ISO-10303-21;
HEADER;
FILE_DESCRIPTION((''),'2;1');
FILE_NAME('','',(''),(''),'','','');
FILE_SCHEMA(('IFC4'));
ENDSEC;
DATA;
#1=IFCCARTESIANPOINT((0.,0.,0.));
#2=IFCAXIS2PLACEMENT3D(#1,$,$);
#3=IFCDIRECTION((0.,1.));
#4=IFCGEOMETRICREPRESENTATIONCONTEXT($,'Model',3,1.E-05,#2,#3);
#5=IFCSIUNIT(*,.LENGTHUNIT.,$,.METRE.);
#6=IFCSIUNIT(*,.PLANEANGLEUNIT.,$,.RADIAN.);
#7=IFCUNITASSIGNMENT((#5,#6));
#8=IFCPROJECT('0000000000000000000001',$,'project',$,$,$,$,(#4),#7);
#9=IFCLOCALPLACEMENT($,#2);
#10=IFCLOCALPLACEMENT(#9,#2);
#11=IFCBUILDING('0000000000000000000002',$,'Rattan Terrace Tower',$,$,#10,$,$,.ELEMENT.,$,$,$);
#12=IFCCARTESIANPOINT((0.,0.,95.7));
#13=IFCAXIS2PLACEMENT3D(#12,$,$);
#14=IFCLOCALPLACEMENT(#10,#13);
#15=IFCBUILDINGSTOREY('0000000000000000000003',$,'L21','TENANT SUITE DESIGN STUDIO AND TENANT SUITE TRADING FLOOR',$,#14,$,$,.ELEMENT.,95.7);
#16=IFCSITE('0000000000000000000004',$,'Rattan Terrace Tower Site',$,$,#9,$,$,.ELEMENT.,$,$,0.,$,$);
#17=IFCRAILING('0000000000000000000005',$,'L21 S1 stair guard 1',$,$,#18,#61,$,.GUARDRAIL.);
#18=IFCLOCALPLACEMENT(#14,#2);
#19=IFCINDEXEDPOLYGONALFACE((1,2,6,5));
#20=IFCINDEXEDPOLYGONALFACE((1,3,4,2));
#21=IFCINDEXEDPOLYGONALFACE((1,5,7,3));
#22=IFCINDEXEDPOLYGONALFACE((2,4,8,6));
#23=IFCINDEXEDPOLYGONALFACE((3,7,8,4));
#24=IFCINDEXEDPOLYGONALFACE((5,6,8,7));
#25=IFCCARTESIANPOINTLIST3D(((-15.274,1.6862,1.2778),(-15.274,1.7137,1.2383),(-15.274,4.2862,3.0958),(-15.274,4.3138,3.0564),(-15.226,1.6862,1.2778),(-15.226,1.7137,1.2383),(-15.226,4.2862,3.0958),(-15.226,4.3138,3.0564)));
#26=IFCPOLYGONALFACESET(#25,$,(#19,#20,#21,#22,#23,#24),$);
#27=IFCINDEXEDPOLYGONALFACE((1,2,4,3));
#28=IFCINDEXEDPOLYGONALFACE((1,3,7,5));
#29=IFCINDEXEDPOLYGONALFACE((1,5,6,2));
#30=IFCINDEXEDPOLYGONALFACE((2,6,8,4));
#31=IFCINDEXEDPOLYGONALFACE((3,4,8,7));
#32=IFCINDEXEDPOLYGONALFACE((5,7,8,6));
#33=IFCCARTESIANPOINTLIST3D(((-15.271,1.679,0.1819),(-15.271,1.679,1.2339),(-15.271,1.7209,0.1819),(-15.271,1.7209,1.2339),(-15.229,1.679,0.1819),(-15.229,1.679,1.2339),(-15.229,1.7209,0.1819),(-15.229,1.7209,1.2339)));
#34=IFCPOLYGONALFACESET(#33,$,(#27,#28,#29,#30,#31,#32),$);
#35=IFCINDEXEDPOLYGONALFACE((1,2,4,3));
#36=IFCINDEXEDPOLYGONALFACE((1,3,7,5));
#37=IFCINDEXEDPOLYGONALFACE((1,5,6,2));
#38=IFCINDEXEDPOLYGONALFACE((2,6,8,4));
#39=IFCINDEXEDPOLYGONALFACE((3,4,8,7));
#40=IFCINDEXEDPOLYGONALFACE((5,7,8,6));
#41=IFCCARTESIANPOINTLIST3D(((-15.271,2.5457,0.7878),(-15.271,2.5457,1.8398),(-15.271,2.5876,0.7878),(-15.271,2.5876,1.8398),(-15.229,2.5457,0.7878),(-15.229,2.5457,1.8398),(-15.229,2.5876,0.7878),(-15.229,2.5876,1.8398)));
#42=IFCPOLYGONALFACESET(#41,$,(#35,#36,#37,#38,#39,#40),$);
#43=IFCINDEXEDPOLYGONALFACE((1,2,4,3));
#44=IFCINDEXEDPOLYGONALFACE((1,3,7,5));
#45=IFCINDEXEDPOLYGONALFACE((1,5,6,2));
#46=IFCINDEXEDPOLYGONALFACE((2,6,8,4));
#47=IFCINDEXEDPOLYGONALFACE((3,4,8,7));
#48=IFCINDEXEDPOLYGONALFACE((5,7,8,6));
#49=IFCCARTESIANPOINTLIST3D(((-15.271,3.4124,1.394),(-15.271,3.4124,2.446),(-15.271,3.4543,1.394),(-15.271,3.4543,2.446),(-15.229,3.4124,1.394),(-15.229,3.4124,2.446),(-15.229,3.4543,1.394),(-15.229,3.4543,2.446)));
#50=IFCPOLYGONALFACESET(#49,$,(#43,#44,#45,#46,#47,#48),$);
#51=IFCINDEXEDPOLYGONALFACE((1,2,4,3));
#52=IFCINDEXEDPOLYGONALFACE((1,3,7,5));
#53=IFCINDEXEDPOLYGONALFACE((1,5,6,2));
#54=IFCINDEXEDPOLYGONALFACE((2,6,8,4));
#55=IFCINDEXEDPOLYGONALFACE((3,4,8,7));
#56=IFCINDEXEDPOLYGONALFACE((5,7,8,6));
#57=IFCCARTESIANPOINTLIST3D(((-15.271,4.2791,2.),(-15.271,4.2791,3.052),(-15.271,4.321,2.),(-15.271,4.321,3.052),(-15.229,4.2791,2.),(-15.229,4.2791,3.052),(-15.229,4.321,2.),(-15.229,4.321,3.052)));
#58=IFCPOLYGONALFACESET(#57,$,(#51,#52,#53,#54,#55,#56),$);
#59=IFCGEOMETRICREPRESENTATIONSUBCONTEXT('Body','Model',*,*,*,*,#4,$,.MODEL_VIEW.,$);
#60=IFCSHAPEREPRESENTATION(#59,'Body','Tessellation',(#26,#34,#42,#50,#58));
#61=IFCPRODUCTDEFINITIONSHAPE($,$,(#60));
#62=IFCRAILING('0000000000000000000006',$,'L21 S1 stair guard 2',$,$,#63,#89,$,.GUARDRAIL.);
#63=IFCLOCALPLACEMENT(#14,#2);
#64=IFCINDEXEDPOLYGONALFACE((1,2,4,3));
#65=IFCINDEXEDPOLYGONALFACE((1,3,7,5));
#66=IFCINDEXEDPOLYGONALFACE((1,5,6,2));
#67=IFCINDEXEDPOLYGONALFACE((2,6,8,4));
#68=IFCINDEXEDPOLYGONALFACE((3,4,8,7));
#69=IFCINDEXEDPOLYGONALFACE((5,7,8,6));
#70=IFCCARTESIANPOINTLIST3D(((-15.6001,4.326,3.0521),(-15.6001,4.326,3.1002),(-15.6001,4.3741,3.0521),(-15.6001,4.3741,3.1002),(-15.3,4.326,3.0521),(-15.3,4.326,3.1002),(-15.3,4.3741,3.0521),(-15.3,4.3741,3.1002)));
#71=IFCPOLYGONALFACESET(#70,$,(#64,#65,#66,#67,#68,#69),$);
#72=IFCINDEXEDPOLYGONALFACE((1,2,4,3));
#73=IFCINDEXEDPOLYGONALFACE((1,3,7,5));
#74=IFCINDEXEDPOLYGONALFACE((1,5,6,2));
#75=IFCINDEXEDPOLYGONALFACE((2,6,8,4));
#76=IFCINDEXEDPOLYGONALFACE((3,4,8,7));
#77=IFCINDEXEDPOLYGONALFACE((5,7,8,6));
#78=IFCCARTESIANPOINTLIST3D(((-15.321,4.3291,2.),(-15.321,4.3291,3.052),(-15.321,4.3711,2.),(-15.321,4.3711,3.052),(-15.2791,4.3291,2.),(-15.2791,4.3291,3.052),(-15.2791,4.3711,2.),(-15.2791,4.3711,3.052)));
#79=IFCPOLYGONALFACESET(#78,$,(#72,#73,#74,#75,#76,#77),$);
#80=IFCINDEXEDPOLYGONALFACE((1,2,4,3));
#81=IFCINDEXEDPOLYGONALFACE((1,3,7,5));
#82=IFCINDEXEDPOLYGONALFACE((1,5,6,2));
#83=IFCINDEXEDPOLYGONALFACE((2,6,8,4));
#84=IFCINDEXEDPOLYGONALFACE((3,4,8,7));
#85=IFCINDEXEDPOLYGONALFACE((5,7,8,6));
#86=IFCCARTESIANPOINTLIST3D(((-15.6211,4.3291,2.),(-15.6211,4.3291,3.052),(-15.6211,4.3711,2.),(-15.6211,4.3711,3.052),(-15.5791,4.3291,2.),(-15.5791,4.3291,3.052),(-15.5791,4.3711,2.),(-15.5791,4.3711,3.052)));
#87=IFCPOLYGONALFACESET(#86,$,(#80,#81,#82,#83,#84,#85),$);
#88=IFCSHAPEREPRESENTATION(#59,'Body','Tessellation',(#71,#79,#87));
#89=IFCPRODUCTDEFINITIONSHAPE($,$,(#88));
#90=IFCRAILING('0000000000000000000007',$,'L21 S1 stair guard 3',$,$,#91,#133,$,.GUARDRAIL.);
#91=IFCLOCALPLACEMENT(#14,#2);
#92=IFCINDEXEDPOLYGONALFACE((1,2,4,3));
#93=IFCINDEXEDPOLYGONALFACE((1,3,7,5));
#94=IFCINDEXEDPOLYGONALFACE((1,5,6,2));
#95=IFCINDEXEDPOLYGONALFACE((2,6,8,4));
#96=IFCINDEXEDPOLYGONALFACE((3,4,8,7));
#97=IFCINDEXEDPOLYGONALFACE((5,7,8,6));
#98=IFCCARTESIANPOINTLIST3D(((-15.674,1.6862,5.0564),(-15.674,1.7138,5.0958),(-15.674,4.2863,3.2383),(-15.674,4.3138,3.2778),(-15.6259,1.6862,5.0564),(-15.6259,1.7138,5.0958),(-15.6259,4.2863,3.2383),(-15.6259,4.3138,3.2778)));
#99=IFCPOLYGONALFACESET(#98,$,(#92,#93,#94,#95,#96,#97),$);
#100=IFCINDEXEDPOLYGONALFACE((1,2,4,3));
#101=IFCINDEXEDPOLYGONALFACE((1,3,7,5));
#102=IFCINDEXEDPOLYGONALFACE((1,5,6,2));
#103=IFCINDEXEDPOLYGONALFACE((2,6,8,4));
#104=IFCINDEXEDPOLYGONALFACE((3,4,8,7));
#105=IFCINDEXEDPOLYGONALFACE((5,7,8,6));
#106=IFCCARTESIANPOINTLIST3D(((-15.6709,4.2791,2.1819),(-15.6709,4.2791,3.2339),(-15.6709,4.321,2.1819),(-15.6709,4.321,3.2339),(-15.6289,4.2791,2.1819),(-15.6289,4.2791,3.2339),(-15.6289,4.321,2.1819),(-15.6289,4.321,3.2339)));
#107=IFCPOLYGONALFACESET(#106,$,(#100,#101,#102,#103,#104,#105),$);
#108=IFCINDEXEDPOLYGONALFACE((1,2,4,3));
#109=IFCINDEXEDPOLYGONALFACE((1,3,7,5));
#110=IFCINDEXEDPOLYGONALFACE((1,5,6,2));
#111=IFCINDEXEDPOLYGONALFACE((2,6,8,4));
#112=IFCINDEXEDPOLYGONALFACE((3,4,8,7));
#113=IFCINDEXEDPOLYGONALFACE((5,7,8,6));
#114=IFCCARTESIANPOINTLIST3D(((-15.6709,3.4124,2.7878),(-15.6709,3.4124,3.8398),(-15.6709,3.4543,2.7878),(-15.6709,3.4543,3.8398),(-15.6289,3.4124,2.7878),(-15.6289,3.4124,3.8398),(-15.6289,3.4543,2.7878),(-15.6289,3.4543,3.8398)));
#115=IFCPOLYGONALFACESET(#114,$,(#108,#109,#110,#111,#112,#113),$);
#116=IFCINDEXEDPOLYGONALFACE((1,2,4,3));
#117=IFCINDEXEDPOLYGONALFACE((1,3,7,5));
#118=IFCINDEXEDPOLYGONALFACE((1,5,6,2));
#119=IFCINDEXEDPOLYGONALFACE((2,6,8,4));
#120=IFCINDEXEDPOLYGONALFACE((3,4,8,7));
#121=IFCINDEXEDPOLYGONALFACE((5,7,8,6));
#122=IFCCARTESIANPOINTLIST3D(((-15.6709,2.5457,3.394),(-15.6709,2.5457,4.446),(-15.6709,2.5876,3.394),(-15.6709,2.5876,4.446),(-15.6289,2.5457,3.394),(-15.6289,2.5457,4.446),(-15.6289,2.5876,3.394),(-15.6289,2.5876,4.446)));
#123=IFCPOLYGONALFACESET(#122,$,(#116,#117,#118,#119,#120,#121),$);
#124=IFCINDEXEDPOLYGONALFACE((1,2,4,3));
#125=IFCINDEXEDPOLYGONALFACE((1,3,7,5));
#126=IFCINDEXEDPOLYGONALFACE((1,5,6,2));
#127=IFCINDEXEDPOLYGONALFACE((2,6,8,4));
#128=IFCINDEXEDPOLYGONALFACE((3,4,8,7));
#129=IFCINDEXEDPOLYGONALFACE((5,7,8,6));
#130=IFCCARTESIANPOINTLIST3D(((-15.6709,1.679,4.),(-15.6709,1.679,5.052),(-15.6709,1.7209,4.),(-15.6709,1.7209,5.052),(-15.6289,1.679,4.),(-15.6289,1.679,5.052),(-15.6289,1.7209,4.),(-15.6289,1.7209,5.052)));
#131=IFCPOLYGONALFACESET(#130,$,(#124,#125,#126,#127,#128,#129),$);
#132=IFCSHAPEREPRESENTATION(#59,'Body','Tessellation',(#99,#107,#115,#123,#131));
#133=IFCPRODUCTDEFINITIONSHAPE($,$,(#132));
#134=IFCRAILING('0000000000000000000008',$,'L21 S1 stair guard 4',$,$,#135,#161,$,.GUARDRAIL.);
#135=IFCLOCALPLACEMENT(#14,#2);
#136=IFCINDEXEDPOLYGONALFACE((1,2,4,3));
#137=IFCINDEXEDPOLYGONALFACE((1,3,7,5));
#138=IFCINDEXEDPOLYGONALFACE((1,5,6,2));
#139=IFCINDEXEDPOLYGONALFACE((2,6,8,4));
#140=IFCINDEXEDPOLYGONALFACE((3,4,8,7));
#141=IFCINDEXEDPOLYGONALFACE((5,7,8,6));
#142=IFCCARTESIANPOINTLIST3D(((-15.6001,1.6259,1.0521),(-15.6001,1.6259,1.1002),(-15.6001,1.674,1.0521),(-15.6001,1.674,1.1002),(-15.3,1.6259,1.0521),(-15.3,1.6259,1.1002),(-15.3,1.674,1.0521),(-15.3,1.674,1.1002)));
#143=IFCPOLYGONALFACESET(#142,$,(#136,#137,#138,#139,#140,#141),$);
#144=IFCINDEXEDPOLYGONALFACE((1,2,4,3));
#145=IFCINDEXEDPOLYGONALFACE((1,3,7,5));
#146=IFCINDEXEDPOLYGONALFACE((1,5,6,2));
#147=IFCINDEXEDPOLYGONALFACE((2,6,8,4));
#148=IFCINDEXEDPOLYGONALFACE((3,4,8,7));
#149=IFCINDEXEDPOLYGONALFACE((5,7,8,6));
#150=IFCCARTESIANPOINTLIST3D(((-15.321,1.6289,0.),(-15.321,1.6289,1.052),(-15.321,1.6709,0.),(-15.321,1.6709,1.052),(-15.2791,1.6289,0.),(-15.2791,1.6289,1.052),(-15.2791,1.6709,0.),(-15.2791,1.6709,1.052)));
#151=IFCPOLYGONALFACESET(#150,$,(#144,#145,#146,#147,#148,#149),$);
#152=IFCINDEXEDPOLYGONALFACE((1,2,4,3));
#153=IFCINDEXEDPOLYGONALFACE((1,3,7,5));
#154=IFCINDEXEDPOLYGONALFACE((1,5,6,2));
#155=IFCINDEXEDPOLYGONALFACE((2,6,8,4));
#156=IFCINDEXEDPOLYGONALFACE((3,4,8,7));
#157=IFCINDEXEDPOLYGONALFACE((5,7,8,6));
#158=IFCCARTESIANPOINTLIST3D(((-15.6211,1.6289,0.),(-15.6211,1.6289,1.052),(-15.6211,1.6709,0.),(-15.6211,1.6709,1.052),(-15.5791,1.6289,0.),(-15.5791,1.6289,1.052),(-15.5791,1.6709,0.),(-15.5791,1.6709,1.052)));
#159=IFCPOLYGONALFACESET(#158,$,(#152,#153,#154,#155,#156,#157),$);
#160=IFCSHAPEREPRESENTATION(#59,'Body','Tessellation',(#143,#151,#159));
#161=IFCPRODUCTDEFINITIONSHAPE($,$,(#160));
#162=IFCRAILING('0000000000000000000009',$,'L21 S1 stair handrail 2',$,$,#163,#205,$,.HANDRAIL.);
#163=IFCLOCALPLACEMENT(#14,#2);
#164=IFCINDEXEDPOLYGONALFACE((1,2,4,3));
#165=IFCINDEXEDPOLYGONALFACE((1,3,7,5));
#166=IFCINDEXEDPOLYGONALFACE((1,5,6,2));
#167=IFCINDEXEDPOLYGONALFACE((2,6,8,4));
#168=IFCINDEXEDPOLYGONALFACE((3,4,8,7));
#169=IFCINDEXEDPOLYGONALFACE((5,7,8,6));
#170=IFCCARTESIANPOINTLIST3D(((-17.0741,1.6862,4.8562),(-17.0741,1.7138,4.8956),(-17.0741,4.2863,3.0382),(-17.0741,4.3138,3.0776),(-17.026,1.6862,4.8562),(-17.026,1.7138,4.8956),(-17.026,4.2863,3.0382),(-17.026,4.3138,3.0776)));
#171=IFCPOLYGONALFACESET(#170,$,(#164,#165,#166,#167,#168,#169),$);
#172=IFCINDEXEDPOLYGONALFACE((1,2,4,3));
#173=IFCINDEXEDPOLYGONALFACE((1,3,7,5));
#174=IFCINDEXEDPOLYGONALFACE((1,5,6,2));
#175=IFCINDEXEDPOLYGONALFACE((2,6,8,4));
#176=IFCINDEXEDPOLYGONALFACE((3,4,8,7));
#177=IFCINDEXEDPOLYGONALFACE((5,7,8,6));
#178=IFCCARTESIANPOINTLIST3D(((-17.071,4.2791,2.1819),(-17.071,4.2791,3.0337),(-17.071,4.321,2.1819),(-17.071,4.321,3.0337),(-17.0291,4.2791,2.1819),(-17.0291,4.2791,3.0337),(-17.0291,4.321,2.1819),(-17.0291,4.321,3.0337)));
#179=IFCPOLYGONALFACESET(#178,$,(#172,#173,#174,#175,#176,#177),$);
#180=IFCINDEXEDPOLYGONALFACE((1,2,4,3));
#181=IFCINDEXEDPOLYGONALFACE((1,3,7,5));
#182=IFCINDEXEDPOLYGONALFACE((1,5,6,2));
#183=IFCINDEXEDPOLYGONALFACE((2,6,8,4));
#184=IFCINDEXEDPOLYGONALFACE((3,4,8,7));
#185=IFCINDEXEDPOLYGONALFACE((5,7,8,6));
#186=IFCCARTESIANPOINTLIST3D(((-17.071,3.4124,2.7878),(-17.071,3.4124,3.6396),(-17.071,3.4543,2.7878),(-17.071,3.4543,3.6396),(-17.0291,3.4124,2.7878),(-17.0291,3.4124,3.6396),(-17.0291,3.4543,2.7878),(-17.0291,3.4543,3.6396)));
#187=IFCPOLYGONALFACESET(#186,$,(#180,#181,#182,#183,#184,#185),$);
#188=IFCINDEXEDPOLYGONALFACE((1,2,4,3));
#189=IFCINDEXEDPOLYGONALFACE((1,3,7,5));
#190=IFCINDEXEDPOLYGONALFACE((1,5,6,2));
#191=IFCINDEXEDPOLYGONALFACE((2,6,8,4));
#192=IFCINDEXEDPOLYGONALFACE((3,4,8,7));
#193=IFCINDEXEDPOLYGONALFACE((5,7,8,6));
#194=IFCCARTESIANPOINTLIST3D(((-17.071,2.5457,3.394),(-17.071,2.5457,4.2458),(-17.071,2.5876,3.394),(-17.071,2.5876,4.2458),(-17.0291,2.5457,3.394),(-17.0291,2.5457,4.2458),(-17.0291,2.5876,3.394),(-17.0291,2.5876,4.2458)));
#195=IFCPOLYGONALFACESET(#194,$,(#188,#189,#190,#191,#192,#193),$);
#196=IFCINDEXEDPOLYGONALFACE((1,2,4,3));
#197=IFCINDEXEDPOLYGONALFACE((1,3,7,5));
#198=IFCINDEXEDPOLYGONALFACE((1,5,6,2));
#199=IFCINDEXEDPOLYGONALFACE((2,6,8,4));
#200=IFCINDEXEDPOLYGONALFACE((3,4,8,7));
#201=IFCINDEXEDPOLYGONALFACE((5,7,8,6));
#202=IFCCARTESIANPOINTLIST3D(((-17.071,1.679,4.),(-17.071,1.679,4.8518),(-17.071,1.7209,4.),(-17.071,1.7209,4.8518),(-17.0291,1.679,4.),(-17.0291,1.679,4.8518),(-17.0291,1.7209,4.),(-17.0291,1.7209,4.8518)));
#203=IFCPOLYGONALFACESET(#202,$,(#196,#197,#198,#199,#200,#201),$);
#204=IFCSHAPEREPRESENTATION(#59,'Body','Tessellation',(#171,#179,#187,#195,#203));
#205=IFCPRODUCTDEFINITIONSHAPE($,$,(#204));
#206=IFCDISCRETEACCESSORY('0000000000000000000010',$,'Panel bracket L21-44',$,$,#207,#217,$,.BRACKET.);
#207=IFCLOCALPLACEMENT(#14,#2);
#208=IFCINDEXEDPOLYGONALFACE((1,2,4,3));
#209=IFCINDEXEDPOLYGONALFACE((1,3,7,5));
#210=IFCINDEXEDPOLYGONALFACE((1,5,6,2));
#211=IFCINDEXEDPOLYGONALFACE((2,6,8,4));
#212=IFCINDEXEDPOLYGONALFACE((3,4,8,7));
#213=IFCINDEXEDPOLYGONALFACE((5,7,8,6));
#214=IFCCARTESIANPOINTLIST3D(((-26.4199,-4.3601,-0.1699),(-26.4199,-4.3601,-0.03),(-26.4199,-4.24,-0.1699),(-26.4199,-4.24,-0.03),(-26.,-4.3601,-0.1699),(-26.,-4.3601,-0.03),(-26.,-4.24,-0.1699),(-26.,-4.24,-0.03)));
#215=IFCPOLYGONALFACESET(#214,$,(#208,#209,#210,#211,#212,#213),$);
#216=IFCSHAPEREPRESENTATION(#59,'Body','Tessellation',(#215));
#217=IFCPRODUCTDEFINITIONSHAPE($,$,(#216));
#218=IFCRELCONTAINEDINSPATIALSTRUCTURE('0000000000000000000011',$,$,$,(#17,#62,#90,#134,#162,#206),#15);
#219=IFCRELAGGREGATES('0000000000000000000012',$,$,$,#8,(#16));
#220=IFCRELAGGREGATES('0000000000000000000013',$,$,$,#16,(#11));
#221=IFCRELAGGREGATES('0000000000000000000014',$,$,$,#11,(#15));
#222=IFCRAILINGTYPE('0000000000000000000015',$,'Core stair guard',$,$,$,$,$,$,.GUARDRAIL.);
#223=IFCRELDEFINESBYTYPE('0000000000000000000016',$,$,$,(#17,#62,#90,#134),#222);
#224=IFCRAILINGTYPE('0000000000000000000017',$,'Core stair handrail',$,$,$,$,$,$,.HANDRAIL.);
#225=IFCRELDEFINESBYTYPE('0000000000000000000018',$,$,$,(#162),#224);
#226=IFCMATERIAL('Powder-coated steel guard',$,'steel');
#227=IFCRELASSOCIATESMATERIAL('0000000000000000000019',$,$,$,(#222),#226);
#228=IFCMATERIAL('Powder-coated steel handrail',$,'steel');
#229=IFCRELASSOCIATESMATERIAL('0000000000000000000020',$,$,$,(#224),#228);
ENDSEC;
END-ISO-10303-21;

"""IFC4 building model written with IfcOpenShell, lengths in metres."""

from ifc_helpers import new_model, si_unit, direction, frame, origin, origin_2d, place, context, subcontext, project, spatial, rectangle, extrude, material, type_object, element, save


model = new_model("IFC4")

# Units and contexts
model_context = context("Model", 3, precision=1e-05, world=origin(), true_north=direction((0.0, 1.0)))
body_context = subcontext(model_context, "Body", "Model", "MODEL_VIEW")
ifc_project = project(units=[si_unit("LENGTHUNIT", "METRE"), si_unit("PLANEANGLEUNIT", "RADIAN")], contexts=[model_context])

# Site, building, storey
site_placement = place(None, origin())
site = spatial("IfcSite", under=ifc_project, at=site_placement, Name="Rattan Terrace Tower Site", CompositionType="ELEMENT", RefElevation=0.0)
building_placement = place(site_placement, origin())
building = spatial("IfcBuilding", under=site, at=building_placement, Name="Rattan Terrace Tower", CompositionType="ELEMENT")
storey_placement = place(building_placement, frame((0.0, 0.0, 95.7)))
storey = spatial("IfcBuildingStorey", under=building, at=storey_placement, Name="L21", Description="TENANT SUITE DESIGN STUDIO AND TENANT SUITE TRADING FLOOR", CompositionType="ELEMENT", Elevation=95.7)

# Railings
ifc_material_1 = material(Name="Powder-coated steel guard", Category="steel")
railing_type_1 = type_object("IfcRailingType", Name="Core stair guard", PredefinedType="GUARDRAIL", material=ifc_material_1)
railing_1_placement = place(storey_placement, frame((-15.25, 1.7, 0.1819)))
element("IfcRailing", 1, at=railing_1_placement, inside=storey, type_object=railing_type_1, Name="L21 S1 stair guard 1", PredefinedType="GUARDRAIL", context=body_context, shape_type="SweptSolid", body=[
    extrude(rectangle(XDim=0.0481, YDim=0.0481, at=origin_2d()), frame((0.0, 0.0, 1.0762), z_axis=(0.0, 0.819521, 0.573049), x_axis=(-1.0, 0.0, 0.0)), (0.0, 0.0, 1.0), 3.1726),
    extrude(rectangle(XDim=0.042, YDim=0.042, at=origin_2d()), origin(), (0.0, 0.0, 1.0), 1.052),
    extrude(rectangle(XDim=0.042, YDim=0.042, at=origin_2d()), frame((0.0, 0.8667, 0.606)), (0.0, 0.0, 1.0), 1.052),
    extrude(rectangle(XDim=0.042, YDim=0.042, at=origin_2d()), frame((0.0, 1.7334, 1.2122)), (0.0, 0.0, 1.0), 1.052),
    extrude(rectangle(XDim=0.042, YDim=0.042, at=origin_2d()), frame((0.0, 2.6001, 1.8181)), (0.0, 0.0, 1.0), 1.052),
])
railing_2_placement = place(storey_placement, frame((-15.3, 4.3501, 2.0)))
element("IfcRailing", 2, at=railing_2_placement, inside=storey, type_object=railing_type_1, Name="L21 S1 stair guard 2", PredefinedType="GUARDRAIL", context=body_context, shape_type="SweptSolid", body=[
    extrude(rectangle(XDim=0.0481, YDim=0.0481, at=origin_2d()), frame((0.0, 0.0, 1.0762), z_axis=(-1.0, 0.0, 0.0), x_axis=(0.0, -1.0, 0.0)), (0.0, 0.0, 1.0), 0.3),
    extrude(rectangle(XDim=0.042, YDim=0.042, at=origin_2d()), origin(), (0.0, 0.0, 1.0), 1.052),
    extrude(rectangle(XDim=0.042, YDim=0.042, at=origin_2d()), frame((-0.3, 0.0, 0.0)), (0.0, 0.0, 1.0), 1.052),
])
railing_3_placement = place(storey_placement, frame((-15.6499, 4.3, 2.1819)))
element("IfcRailing", 3, at=railing_3_placement, inside=storey, type_object=railing_type_1, Name="L21 S1 stair guard 3", PredefinedType="GUARDRAIL", context=body_context, shape_type="SweptSolid", body=[
    extrude(rectangle(XDim=0.0481, YDim=0.0481, at=origin_2d()), frame((0.0, 0.0, 1.0762), z_axis=(0.0, -0.819521, 0.573049), x_axis=(1.0, 0.0, 0.0)), (0.0, 0.0, 1.0), 3.1726),
    extrude(rectangle(XDim=0.042, YDim=0.042, at=origin_2d()), origin(), (0.0, 0.0, 1.0), 1.052),
    extrude(rectangle(XDim=0.042, YDim=0.042, at=origin_2d()), frame((0.0, -0.8667, 0.606)), (0.0, 0.0, 1.0), 1.052),
    extrude(rectangle(XDim=0.042, YDim=0.042, at=origin_2d()), frame((0.0, -1.7334, 1.2122)), (0.0, 0.0, 1.0), 1.052),
    extrude(rectangle(XDim=0.042, YDim=0.042, at=origin_2d()), frame((0.0, -2.6001, 1.8181)), (0.0, 0.0, 1.0), 1.052),
])
railing_4_placement = place(storey_placement, frame((-15.3, 1.6499, 0.0)))
element("IfcRailing", 4, at=railing_4_placement, inside=storey, type_object=railing_type_1, Name="L21 S1 stair guard 4", PredefinedType="GUARDRAIL", context=body_context, shape_type="SweptSolid", body=[
    extrude(rectangle(XDim=0.0481, YDim=0.0481, at=origin_2d()), frame((0.0, 0.0, 1.0762), z_axis=(-1.0, 0.0, 0.0), x_axis=(0.0, -1.0, 0.0)), (0.0, 0.0, 1.0), 0.3),
    extrude(rectangle(XDim=0.042, YDim=0.042, at=origin_2d()), origin(), (0.0, 0.0, 1.0), 1.052),
    extrude(rectangle(XDim=0.042, YDim=0.042, at=origin_2d()), frame((-0.3, 0.0, 0.0)), (0.0, 0.0, 1.0), 1.052),
])
ifc_material_2 = material(Name="Powder-coated steel handrail", Category="steel")
railing_type_2 = type_object("IfcRailingType", Name="Core stair handrail", PredefinedType="HANDRAIL", material=ifc_material_2)
railing_5_placement = place(storey_placement, frame((-17.05, 4.3, 2.1819)))
element("IfcRailing", 5, at=railing_5_placement, inside=storey, type_object=railing_type_2, Name="L21 S1 stair handrail 2", PredefinedType="HANDRAIL", context=body_context, shape_type="SweptSolid", body=[
    extrude(rectangle(XDim=0.0481, YDim=0.0481, at=origin_2d()), frame((0.0, 0.0, 0.876), z_axis=(0.0, -0.819521, 0.573049), x_axis=(1.0, 0.0, 0.0)), (0.0, 0.0, 1.0), 3.1726),
    extrude(rectangle(XDim=0.042, YDim=0.042, at=origin_2d()), origin(), (0.0, 0.0, 1.0), 0.8518),
    extrude(rectangle(XDim=0.042, YDim=0.042, at=origin_2d()), frame((0.0, -0.8667, 0.606)), (0.0, 0.0, 1.0), 0.8518),
    extrude(rectangle(XDim=0.042, YDim=0.042, at=origin_2d()), frame((0.0, -1.7334, 1.2122)), (0.0, 0.0, 1.0), 0.8518),
    extrude(rectangle(XDim=0.042, YDim=0.042, at=origin_2d()), frame((0.0, -2.6001, 1.8181)), (0.0, 0.0, 1.0), 0.8518),
])

# Discrete accessory
discrete_accessory_placement = place(storey_placement, frame((-26.21, -4.3, -0.1699), z_axis=(0.0, 0.0, 1.0), x_axis=(0.0, -1.0, 0.0)))
element("IfcDiscreteAccessory", 6, at=discrete_accessory_placement, inside=storey, Name="Panel bracket L21-44", PredefinedType="BRACKET", context=body_context, shape_type="SweptSolid", body=[
    extrude(rectangle(XDim=0.1201, YDim=0.4199, at=origin_2d()), origin(), (0.0, 0.0, 1.0), 0.1399),
])

save(model, "model.ifc")
